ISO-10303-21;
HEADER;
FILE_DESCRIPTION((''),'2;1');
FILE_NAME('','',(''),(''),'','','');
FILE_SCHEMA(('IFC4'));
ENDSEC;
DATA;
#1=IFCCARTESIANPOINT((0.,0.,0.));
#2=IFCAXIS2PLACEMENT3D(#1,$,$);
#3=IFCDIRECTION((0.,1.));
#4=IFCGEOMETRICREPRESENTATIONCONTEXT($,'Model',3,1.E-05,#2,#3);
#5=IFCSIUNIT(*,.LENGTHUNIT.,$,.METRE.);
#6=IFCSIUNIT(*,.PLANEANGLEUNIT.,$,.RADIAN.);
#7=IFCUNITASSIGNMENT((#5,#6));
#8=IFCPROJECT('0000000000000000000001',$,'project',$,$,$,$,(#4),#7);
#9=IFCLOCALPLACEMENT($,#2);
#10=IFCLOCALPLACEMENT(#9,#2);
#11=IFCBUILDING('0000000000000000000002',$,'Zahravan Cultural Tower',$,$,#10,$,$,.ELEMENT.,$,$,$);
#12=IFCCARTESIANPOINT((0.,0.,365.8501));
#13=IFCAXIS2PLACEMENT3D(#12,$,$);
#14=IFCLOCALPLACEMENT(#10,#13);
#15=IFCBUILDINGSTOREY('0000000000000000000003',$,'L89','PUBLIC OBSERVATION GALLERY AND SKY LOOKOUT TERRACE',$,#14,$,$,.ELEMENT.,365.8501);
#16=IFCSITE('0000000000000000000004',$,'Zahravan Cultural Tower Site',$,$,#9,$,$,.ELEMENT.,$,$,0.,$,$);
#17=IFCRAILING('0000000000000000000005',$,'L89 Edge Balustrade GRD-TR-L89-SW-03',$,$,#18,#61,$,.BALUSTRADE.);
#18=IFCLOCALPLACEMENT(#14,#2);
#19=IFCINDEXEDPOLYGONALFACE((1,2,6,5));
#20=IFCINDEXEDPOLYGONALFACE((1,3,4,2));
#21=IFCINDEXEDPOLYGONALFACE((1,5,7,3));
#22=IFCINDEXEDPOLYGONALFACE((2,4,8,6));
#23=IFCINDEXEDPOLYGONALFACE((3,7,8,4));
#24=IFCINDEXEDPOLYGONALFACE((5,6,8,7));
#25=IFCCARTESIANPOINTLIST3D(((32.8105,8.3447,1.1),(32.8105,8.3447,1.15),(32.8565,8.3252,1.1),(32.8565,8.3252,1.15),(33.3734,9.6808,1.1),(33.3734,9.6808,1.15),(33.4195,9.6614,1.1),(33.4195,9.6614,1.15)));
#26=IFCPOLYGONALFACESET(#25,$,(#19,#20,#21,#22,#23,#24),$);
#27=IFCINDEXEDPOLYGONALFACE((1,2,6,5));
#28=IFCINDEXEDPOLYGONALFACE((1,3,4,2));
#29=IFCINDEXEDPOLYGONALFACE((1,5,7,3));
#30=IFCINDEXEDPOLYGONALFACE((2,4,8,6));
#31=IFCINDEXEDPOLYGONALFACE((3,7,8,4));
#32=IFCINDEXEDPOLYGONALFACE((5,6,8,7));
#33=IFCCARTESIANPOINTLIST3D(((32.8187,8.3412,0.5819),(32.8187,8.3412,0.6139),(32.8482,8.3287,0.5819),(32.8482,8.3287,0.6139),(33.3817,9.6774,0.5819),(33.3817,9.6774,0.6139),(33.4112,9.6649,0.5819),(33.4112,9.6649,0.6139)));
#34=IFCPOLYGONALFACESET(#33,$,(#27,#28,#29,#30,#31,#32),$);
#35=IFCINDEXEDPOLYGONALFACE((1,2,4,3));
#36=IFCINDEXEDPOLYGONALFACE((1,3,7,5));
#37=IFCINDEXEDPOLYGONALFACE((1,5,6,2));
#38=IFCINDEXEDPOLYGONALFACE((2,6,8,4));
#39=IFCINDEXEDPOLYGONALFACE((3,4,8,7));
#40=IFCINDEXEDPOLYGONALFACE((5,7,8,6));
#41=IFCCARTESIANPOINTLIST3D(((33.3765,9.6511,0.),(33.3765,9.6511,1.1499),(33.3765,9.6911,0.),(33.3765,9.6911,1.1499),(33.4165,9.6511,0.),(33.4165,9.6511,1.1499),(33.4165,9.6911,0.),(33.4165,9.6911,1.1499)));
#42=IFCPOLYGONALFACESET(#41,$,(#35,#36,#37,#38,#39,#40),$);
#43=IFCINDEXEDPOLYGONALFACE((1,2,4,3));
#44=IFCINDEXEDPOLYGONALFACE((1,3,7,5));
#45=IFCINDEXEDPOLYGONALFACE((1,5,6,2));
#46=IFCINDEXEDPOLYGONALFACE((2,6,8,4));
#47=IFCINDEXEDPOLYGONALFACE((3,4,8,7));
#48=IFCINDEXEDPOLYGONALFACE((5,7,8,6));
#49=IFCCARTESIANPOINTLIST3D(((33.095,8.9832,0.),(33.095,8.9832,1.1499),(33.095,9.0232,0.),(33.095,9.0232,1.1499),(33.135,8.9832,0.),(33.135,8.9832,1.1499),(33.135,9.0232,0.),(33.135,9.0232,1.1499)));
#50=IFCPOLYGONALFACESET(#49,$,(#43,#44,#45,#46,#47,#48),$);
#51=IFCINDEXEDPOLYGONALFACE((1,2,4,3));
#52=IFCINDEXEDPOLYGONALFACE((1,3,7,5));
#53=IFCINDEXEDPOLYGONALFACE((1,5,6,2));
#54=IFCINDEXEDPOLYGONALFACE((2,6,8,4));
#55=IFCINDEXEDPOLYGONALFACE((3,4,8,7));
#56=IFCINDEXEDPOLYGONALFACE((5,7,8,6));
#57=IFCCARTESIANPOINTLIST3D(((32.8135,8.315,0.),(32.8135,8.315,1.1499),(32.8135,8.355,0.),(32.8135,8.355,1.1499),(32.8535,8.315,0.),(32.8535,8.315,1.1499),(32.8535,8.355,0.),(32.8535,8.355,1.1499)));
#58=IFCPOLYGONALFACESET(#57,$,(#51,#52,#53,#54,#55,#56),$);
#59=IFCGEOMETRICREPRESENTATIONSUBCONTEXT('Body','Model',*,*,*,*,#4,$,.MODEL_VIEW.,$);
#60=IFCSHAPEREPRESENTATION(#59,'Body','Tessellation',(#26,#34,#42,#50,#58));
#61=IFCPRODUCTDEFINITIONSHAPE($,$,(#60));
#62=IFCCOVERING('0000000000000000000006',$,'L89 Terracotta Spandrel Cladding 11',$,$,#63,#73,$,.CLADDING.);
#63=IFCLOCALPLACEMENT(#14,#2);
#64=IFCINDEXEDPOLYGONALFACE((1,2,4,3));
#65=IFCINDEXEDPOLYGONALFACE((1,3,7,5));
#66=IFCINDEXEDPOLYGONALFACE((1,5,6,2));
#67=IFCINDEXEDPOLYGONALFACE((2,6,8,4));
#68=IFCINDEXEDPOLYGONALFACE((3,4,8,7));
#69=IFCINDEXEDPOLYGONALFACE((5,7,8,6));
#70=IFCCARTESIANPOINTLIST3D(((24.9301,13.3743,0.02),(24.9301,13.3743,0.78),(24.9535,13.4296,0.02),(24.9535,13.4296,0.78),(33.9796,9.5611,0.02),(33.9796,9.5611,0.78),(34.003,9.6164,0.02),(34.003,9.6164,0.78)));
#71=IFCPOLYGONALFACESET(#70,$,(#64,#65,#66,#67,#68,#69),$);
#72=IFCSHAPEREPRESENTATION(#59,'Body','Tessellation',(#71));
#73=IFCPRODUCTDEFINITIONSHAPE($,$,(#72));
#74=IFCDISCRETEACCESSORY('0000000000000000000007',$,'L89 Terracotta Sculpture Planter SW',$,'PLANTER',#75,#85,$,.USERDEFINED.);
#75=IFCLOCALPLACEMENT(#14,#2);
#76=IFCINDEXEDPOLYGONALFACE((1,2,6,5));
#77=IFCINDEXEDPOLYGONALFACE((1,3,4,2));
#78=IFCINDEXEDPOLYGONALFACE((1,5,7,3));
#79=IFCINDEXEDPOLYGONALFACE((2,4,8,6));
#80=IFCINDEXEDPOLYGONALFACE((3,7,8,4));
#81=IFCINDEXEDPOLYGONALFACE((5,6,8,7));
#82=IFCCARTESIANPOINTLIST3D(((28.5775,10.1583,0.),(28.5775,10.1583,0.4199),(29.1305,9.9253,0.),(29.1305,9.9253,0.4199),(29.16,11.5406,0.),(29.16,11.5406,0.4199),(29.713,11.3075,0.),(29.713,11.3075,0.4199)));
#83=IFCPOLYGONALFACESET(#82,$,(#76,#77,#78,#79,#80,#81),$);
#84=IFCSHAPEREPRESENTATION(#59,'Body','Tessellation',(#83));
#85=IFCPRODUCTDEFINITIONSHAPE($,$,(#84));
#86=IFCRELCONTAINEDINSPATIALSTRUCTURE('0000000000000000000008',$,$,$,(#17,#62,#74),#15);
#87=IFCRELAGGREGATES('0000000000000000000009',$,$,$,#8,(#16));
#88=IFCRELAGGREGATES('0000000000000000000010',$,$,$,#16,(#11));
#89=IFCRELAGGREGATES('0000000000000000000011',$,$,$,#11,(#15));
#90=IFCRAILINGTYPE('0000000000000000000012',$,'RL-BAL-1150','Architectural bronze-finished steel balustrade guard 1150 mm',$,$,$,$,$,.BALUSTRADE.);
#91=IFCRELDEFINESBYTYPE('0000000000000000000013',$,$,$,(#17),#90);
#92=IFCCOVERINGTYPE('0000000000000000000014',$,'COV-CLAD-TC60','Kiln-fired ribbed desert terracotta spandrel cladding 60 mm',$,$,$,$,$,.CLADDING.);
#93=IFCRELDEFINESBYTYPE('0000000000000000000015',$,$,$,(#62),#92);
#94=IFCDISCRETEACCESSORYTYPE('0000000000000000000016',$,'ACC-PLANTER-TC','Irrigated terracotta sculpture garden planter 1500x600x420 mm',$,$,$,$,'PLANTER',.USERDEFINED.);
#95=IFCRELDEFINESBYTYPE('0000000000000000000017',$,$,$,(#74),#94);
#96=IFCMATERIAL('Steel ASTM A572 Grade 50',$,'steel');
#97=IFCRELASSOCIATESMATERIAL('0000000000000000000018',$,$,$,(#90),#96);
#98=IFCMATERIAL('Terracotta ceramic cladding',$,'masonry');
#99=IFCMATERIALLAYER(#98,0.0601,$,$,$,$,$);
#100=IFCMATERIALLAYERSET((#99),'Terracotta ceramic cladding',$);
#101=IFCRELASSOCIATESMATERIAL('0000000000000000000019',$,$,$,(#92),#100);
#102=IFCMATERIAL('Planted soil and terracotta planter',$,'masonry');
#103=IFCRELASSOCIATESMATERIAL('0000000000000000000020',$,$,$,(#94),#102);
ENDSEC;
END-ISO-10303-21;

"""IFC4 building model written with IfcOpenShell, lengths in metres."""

from ifc_helpers import new_model, si_unit, direction, frame, origin, origin_2d, place, context, subcontext, project, spatial, rectangle, extrude, source, transform, mapped, material, layer, layer_set, type_object, element, save


model = new_model("IFC4")

# Units and contexts
model_context = context("Model", 3, precision=1e-05, world=origin(), true_north=direction((0.0, 1.0)))
body_context = subcontext(model_context, "Body", "Model", "MODEL_VIEW")
ifc_project = project(units=[si_unit("LENGTHUNIT", "METRE"), si_unit("PLANEANGLEUNIT", "RADIAN")], contexts=[model_context])

# Site, building, storey
site_placement = place(None, origin())
site = spatial("IfcSite", under=ifc_project, at=site_placement, Name="Zahravan Cultural Tower Site", CompositionType="ELEMENT", RefElevation=0.0)
building_placement = place(site_placement, origin())
building = spatial("IfcBuilding", under=site, at=building_placement, Name="Zahravan Cultural Tower", CompositionType="ELEMENT")
storey_placement = place(building_placement, frame((0.0, 0.0, 365.8501)))
storey = spatial("IfcBuildingStorey", under=building, at=storey_placement, Name="L89", Description="PUBLIC OBSERVATION GALLERY AND SKY LOOKOUT TERRACE", CompositionType="ELEMENT", Elevation=365.8501)

# Shared definitions
ifc_material_1 = material(Name="Steel ASTM A572 Grade 50", Category="steel")

# Railing
railing_type = type_object("IfcRailingType", Name="RL-BAL-1150", Description="Architectural bronze-finished steel balustrade guard 1150 mm", PredefinedType="BALUSTRADE", material=ifc_material_1)
railing_1_placement = place(storey_placement, frame((33.3965, 9.6711, 0.0)))
element("IfcRailing", 1, at=railing_1_placement, inside=storey, type_object=railing_type, Name="L89 Edge Balustrade GRD-TR-L89-SW-03", PredefinedType="BALUSTRADE", context=body_context, shape_type="SweptSolid", body=[
    extrude(rectangle(XDim=0.05, YDim=0.05, at=origin_2d()), frame((0.0, 0.0, 1.125), z_axis=(-0.388283, -0.92154, 0.0), x_axis=(0.92154, -0.388283, 0.0)), (0.0, 0.0, 1.0), 1.45),
    extrude(rectangle(XDim=0.032, YDim=0.032, at=origin_2d()), frame((0.0, 0.0, 0.5979), z_axis=(-0.388283, -0.92154, 0.0), x_axis=(0.92154, -0.388283, 0.0)), (0.0, 0.0, 1.0), 1.45),
    extrude(rectangle(XDim=0.04, YDim=0.04, at=origin_2d()), origin(), (0.0, 0.0, 1.0), 1.1499),
    extrude(rectangle(XDim=0.04, YDim=0.04, at=origin_2d()), frame((-0.2815, -0.668, 0.0)), (0.0, 0.0, 1.0), 1.1499),
    extrude(rectangle(XDim=0.04, YDim=0.04, at=origin_2d()), frame((-0.563, -1.3362, 0.0)), (0.0, 0.0, 1.0), 1.1499),
])

# Covering
ifc_material_2 = material(Name="Terracotta ceramic cladding", Category="masonry")
ifc_layer_1 = layer(ifc_material_2, 0.0601)
ifc_layer_set_1 = layer_set([ifc_layer_1], Name="Terracotta ceramic cladding")
covering_type = type_object("IfcCoveringType", Name="COV-CLAD-TC60", Description="Kiln-fired ribbed desert terracotta spandrel cladding 60 mm", PredefinedType="CLADDING", material=ifc_layer_set_1)
shared_shape_1 = source(origin(), body_context, "Body", "SweptSolid", [
    extrude(rectangle(XDim=9.8201, YDim=0.0601, at=origin_2d()), origin(), (0.0, 0.0, 1.0), 0.76),
])
covering_placement = place(storey_placement, frame((29.4666, 11.4954, 0.02), z_axis=(0.0, 0.0, 1.0), x_axis=(-0.921531, 0.388304, 0.0)))
element("IfcCovering", 2, at=covering_placement, inside=storey, type_object=covering_type, Name="L89 Terracotta Spandrel Cladding 11", PredefinedType="CLADDING", context=body_context, shape_type="MappedRepresentation", body=[
    mapped(shared_shape_1, transform((0.0, 0.0, 0.0), x_axis=(1.0, 0.0, 0.0), y_axis=(0.0, 1.0, 0.0), z_axis=(0.0, 0.0, 1.0), scale=1.0)),
])

# Discrete accessory
ifc_material_3 = material(Name="Planted soil and terracotta planter", Category="masonry")
discrete_accessory_type = type_object("IfcDiscreteAccessoryType", Name="ACC-PLANTER-TC", Description="Irrigated terracotta sculpture garden planter 1500x600x420 mm", ElementType="PLANTER", PredefinedType="USERDEFINED", material=ifc_material_3)
shared_shape_2 = source(origin(), body_context, "Body", "SweptSolid", [
    extrude(rectangle(XDim=1.5, YDim=0.6001, at=origin_2d()), origin(), (0.0, 0.0, 1.0), 0.4199),
])
discrete_accessory_placement = place(storey_placement, frame((29.1453, 10.7329, 0.0), z_axis=(0.0, 0.0, 1.0), x_axis=(0.38832, 0.921525, 0.0)))
element("IfcDiscreteAccessory", 3, at=discrete_accessory_placement, inside=storey, type_object=discrete_accessory_type, Name="L89 Terracotta Sculpture Planter SW", ObjectType="PLANTER", PredefinedType="USERDEFINED", context=body_context, shape_type="MappedRepresentation", body=[
    mapped(shared_shape_2, transform((0.0, 0.0, 0.0), x_axis=(1.0, 0.0, 0.0), y_axis=(0.0, 1.0, 0.0), z_axis=(0.0, 0.0, 1.0), scale=1.0)),
])

save(model, "model.ifc")
